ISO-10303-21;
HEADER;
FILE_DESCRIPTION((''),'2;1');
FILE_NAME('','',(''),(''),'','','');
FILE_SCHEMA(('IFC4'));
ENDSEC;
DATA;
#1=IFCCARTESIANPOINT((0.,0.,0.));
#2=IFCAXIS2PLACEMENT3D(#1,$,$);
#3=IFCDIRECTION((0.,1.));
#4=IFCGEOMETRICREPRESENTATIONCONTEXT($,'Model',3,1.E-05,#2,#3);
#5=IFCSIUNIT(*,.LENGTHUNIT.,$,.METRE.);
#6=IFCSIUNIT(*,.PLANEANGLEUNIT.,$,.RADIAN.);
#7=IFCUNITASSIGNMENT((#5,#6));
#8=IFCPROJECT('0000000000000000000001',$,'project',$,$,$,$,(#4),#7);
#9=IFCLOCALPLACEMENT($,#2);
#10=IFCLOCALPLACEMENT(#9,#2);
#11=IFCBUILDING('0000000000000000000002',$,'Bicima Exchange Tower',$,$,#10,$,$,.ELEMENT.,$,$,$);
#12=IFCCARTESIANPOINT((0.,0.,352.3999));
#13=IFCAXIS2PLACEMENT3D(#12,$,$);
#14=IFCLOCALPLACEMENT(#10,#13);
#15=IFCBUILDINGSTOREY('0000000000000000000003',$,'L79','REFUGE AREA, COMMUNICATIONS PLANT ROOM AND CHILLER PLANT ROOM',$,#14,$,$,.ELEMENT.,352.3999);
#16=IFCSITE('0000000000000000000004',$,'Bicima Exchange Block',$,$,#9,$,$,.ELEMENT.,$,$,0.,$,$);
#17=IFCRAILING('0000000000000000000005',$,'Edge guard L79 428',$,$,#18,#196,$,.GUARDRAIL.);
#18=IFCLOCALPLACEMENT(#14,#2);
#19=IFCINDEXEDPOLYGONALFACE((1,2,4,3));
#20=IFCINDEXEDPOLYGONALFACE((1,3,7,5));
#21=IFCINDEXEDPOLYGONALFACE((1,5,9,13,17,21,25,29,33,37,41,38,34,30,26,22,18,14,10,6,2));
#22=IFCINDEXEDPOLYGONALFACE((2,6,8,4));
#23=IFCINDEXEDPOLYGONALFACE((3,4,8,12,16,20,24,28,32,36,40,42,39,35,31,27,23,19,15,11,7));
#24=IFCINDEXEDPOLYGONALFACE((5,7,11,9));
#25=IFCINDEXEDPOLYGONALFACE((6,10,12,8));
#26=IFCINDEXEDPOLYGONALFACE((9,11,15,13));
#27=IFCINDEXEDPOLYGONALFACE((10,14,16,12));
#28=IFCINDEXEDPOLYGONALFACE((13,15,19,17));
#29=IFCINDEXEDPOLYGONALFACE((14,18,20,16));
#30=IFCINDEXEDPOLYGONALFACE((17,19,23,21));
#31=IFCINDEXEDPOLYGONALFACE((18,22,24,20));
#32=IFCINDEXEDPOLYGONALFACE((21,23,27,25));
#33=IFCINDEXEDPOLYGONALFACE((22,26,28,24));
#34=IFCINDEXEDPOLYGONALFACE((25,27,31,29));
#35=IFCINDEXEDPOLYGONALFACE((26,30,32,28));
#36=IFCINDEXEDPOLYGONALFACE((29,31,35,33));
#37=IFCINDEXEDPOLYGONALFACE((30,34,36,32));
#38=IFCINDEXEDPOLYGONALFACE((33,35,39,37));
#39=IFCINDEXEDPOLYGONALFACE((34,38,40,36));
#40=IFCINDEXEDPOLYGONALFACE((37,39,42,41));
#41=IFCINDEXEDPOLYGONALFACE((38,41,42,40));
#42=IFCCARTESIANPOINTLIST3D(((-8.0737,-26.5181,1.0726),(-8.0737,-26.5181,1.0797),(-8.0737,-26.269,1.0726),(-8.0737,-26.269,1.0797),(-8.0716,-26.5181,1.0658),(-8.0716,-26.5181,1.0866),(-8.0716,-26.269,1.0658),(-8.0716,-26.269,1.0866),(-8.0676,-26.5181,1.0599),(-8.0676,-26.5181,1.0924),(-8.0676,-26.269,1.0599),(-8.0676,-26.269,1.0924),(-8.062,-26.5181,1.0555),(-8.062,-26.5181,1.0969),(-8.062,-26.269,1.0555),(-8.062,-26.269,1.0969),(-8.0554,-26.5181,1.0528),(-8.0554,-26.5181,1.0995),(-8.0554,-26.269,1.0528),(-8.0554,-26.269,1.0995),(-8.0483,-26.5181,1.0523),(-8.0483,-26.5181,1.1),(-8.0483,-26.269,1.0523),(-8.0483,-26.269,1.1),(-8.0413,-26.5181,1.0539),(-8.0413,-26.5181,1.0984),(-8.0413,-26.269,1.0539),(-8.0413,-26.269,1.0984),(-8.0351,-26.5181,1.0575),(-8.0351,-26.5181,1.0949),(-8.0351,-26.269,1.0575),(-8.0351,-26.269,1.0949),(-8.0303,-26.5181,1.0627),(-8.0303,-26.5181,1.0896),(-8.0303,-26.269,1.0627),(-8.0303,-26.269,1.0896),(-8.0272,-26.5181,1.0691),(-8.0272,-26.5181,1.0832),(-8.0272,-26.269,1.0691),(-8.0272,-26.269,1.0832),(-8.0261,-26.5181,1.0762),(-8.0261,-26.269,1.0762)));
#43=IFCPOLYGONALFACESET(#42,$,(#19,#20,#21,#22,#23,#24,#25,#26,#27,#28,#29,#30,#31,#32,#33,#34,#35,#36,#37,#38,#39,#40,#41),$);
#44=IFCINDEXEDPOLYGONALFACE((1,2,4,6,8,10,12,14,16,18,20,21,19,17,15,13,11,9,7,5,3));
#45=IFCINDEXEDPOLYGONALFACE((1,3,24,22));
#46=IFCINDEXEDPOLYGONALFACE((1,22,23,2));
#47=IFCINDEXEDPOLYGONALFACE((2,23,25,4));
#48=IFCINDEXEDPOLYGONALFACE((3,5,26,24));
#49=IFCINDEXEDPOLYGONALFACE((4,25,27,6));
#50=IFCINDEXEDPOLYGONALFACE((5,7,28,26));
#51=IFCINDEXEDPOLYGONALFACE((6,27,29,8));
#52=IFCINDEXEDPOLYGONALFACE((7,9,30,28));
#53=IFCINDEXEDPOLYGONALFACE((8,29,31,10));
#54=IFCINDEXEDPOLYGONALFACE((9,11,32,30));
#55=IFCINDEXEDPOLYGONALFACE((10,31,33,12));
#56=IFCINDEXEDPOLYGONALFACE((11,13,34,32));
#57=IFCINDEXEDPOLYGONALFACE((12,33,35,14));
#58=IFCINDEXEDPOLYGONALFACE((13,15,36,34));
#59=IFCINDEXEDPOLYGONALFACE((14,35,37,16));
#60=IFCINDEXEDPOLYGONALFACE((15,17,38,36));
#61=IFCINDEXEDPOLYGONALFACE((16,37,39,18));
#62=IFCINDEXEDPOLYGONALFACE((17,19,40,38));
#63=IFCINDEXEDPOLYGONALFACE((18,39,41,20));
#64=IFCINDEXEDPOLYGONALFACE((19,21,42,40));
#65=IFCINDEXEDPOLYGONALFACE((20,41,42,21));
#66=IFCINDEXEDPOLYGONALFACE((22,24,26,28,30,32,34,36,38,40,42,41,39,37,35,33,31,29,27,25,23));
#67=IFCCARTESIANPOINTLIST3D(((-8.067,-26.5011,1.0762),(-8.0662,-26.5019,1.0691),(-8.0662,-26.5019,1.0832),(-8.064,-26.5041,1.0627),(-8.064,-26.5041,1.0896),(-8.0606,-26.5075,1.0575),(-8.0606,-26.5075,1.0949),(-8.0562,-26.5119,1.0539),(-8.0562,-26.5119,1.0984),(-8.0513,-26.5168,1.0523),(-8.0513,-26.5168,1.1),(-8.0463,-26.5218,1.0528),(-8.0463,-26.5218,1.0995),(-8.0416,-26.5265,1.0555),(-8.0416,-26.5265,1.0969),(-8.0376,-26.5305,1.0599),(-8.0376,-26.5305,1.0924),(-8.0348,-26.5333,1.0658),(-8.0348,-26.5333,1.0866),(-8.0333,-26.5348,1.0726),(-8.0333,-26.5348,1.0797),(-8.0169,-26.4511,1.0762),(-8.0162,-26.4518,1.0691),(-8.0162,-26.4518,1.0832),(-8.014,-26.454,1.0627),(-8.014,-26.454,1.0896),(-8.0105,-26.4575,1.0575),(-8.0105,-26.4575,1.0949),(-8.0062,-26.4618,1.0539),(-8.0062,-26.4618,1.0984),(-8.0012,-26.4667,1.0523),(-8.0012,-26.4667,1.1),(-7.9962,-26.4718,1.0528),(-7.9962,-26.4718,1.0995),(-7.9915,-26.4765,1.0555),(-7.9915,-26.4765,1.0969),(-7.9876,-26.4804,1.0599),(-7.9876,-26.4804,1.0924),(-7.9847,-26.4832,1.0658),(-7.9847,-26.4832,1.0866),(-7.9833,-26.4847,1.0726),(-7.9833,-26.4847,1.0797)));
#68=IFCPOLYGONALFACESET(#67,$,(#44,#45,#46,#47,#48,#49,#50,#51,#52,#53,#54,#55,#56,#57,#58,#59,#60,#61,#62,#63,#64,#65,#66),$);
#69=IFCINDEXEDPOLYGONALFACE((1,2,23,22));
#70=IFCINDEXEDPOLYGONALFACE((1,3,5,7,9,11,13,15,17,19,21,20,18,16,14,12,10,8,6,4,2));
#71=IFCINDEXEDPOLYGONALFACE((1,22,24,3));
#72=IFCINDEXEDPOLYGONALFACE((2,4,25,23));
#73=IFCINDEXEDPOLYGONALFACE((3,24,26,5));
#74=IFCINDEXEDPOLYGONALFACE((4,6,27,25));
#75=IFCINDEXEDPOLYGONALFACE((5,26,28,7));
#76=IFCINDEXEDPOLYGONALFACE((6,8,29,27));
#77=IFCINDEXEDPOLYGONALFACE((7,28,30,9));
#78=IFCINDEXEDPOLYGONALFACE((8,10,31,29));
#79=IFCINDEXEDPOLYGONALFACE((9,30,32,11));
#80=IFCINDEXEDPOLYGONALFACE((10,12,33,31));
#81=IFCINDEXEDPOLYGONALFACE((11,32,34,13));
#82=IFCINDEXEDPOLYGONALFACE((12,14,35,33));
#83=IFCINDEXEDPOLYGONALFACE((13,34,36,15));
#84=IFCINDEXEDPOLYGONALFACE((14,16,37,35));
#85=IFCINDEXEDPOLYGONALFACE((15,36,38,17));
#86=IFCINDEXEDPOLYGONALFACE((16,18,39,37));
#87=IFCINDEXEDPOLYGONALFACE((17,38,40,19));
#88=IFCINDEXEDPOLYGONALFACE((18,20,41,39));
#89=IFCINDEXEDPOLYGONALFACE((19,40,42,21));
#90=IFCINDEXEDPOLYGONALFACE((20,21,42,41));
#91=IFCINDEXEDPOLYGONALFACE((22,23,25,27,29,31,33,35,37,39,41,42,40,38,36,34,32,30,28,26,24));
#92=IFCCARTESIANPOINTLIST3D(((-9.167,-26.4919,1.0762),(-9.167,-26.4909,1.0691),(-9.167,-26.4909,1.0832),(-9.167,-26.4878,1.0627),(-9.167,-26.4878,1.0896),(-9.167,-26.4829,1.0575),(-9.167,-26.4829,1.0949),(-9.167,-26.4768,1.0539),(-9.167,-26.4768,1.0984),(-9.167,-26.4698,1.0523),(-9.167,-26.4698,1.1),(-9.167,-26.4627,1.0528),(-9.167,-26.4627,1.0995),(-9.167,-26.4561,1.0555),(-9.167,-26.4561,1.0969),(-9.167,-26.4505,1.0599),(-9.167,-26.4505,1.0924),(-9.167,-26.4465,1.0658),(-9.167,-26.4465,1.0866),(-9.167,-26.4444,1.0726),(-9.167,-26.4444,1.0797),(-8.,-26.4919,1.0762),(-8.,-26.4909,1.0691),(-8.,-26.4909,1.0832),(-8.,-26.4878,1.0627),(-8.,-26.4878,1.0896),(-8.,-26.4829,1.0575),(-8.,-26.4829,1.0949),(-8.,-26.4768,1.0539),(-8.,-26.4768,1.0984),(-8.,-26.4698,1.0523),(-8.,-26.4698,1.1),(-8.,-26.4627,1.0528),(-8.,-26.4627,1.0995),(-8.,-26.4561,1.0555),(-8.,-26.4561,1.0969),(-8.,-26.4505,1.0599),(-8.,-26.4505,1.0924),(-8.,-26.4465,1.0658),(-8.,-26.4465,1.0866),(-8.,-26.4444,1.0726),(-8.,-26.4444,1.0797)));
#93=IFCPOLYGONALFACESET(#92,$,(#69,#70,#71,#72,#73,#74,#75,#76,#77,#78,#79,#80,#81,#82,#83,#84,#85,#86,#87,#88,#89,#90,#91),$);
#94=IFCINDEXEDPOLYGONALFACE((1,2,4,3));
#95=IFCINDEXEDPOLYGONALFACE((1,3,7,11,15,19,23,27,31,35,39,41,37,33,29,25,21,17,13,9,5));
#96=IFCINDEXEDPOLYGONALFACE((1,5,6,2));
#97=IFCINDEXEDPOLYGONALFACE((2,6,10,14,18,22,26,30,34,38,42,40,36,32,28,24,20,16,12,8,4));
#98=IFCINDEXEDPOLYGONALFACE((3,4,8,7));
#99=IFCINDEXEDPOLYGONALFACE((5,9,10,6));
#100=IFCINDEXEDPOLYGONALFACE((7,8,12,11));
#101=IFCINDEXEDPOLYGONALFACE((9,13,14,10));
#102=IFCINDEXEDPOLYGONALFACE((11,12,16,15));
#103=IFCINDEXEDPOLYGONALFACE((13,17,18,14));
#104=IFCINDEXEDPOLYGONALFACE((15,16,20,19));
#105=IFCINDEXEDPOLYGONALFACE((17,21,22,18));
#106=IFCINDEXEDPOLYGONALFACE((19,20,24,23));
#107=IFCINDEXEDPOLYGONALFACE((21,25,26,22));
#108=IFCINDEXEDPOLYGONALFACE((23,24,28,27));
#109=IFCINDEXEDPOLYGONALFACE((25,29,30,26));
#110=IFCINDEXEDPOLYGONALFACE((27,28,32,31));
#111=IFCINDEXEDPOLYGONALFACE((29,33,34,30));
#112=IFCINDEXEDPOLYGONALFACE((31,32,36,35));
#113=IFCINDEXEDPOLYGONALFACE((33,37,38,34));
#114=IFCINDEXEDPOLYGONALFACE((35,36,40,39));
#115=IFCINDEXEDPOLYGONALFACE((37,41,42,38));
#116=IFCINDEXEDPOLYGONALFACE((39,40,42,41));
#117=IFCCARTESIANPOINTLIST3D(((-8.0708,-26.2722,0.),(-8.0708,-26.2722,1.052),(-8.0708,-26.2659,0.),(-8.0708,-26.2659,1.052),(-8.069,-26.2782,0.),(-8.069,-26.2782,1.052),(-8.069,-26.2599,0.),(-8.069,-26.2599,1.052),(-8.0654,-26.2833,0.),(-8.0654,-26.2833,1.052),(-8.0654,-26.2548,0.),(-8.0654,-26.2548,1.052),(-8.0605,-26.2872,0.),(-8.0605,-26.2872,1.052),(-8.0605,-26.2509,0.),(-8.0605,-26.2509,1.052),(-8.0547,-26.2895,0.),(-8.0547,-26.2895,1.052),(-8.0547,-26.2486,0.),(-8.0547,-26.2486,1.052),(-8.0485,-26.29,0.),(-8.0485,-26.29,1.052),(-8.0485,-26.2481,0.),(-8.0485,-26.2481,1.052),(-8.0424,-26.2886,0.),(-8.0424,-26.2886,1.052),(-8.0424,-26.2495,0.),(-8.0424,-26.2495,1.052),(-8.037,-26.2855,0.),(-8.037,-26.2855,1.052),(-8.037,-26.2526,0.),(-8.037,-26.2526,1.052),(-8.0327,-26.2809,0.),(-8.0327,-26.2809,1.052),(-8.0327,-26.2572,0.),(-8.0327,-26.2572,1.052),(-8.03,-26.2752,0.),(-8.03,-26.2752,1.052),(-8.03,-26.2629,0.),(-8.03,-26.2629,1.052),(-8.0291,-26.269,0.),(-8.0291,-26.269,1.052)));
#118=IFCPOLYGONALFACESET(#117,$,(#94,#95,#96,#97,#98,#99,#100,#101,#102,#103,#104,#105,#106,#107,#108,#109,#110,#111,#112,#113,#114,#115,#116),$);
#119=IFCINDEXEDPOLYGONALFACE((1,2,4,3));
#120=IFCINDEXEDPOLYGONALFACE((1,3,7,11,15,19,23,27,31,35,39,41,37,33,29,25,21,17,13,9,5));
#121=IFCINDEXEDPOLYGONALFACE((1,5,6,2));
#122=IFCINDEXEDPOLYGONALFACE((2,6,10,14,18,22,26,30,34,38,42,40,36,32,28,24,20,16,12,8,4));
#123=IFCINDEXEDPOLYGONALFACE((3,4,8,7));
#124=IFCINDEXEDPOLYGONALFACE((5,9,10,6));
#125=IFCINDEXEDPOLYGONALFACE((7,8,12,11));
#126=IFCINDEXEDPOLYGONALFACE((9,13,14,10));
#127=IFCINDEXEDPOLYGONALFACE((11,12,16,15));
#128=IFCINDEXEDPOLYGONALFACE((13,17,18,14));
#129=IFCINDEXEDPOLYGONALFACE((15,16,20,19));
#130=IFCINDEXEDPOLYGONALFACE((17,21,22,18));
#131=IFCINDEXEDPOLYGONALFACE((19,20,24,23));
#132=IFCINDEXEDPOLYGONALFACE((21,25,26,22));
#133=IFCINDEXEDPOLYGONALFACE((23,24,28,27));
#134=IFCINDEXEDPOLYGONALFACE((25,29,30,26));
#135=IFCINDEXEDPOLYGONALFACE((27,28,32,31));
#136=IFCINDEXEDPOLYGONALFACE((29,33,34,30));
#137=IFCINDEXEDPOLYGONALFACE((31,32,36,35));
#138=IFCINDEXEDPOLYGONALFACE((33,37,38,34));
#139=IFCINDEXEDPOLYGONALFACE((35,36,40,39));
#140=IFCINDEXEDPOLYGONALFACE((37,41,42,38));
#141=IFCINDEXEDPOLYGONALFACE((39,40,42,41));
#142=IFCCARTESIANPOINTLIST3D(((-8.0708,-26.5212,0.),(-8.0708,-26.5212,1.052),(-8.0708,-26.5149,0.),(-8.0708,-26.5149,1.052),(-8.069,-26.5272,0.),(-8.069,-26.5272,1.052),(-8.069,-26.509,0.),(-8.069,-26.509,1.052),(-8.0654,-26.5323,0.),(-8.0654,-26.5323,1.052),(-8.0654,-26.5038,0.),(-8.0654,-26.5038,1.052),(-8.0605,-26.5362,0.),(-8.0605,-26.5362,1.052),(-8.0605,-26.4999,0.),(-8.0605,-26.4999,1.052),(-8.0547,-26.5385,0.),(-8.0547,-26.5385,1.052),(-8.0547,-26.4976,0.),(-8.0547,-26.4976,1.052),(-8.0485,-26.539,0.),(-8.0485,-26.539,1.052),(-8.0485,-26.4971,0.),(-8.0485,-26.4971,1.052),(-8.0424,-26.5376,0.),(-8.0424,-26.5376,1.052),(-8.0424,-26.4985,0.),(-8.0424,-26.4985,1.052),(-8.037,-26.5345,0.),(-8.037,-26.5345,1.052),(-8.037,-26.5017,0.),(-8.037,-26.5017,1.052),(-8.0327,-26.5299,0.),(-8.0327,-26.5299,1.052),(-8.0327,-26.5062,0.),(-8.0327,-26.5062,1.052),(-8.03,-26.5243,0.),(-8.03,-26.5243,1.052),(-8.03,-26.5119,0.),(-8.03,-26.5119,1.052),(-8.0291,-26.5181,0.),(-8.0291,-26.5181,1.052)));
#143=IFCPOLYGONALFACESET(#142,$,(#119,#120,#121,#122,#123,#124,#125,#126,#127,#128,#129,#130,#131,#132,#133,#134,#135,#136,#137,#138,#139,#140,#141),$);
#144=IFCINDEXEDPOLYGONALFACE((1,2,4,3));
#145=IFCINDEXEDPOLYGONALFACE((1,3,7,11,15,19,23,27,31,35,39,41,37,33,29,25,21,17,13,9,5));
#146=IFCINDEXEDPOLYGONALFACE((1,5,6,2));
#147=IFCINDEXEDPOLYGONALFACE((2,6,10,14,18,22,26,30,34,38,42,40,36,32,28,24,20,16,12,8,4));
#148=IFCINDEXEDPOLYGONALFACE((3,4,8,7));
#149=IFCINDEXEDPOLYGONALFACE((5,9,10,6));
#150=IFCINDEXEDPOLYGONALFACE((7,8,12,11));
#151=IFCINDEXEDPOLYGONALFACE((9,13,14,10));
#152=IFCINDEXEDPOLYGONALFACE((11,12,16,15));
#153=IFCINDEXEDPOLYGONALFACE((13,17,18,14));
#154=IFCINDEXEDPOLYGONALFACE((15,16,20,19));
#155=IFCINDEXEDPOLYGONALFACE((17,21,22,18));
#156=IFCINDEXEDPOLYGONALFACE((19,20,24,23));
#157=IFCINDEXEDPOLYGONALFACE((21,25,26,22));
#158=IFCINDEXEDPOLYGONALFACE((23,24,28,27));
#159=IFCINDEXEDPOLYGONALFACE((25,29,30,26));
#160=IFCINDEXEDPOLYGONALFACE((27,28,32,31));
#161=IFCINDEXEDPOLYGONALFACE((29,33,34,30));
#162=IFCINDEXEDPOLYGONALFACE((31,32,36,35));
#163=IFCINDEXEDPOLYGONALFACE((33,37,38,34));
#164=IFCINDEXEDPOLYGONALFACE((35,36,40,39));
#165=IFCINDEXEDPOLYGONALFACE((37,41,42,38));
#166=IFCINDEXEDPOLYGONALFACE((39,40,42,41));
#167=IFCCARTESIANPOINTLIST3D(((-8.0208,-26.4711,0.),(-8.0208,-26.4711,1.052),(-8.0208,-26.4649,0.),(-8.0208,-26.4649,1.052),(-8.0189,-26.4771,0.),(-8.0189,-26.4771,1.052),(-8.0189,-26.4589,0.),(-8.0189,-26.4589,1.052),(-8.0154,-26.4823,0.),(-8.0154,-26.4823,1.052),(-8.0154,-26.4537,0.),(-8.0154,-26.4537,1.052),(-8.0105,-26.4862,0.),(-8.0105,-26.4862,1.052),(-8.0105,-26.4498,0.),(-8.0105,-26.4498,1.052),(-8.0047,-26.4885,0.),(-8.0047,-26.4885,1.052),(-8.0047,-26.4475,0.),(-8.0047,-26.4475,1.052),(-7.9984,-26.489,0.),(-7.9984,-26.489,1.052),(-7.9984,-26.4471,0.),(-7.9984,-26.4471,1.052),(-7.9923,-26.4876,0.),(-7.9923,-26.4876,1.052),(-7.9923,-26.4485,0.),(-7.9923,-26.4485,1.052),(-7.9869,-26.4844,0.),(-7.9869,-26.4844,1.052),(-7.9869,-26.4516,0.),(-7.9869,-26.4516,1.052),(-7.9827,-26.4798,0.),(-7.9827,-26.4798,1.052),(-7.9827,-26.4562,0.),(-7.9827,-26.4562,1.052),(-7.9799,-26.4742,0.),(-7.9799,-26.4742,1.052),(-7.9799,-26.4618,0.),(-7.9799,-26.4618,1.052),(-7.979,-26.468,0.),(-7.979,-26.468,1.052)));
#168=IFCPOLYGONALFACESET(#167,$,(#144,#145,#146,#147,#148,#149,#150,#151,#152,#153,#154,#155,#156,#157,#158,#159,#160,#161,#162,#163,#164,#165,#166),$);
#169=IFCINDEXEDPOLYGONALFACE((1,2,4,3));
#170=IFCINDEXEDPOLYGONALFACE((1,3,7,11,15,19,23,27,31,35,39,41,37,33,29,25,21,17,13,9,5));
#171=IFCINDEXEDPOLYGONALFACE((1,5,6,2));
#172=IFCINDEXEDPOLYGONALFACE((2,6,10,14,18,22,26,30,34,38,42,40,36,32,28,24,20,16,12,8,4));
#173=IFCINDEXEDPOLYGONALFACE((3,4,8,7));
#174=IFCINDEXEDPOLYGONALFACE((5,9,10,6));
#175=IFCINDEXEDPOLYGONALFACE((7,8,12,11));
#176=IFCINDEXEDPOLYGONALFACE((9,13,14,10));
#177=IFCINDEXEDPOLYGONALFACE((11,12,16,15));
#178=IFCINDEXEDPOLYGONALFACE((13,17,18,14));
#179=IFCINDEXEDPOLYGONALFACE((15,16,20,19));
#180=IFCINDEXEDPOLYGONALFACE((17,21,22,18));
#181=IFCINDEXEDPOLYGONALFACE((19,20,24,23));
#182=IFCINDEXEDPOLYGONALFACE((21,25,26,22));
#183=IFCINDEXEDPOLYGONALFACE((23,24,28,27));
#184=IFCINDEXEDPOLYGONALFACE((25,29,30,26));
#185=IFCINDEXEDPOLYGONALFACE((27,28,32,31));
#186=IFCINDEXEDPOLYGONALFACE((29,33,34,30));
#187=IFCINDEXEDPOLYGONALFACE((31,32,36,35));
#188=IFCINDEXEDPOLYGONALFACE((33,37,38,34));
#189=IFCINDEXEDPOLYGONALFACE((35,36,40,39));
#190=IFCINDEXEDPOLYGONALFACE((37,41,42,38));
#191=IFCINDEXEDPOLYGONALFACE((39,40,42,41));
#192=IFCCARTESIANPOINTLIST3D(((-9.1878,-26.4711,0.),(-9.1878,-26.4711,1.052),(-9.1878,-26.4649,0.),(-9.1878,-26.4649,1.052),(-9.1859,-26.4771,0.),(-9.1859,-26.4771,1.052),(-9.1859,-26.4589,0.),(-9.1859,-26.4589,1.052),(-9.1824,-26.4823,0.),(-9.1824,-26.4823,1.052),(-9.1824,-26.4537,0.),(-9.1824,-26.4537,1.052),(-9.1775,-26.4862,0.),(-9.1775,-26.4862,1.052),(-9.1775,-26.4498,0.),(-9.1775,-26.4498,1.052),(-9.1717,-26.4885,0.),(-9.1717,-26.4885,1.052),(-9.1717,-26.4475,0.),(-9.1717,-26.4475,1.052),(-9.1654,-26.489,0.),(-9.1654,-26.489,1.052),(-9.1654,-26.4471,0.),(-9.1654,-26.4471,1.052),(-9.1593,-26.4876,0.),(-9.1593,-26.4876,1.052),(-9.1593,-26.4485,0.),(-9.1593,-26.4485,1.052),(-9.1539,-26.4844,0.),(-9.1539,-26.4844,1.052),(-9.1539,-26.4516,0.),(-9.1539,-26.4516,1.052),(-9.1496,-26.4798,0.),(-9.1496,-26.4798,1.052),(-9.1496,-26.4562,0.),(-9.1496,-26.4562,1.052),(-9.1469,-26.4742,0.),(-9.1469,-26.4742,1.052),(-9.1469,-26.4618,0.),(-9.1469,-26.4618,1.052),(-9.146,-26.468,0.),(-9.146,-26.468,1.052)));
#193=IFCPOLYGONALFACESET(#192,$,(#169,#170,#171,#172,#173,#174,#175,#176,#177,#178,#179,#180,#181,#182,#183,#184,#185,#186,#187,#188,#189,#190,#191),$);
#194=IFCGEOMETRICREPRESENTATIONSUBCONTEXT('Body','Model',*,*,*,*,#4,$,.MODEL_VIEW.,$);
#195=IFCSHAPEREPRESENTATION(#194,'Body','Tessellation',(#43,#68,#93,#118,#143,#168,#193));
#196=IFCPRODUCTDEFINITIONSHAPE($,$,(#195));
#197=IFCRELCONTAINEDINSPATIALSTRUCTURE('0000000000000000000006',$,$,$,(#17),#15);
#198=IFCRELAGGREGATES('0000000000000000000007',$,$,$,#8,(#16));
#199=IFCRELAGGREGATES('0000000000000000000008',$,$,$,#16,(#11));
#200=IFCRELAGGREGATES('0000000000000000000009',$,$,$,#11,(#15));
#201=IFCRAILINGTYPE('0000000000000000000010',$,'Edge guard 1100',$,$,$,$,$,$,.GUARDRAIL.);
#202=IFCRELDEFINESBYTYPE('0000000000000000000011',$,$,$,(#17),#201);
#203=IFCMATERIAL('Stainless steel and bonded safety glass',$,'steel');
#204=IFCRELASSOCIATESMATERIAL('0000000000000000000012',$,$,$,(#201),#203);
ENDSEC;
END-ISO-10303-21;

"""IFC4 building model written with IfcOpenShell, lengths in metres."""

from ifc_helpers import new_model, si_unit, direction, frame, origin, origin_2d, place, context, subcontext, project, spatial, circle, extrude, material, type_object, element, save


model = new_model("IFC4")

# Units and contexts
model_context = context("Model", 3, precision=1e-05, world=origin(), true_north=direction((0.0, 1.0)))
body_context = subcontext(model_context, "Body", "Model", "MODEL_VIEW")
ifc_project = project(units=[si_unit("LENGTHUNIT", "METRE"), si_unit("PLANEANGLEUNIT", "RADIAN")], contexts=[model_context])

# Site, building, storey
site_placement = place(None, origin())
site = spatial("IfcSite", under=ifc_project, at=site_placement, Name="Bicima Exchange Block", CompositionType="ELEMENT", RefElevation=0.0)
building_placement = place(site_placement, origin())
building = spatial("IfcBuilding", under=site, at=building_placement, Name="Bicima Exchange Tower", CompositionType="ELEMENT")
storey_placement = place(building_placement, frame((0.0, 0.0, 352.3999)))
storey = spatial("IfcBuildingStorey", under=building, at=storey_placement, Name="L79", Description="REFUGE AREA, COMMUNICATIONS PLANT ROOM AND CHILLER PLANT ROOM", CompositionType="ELEMENT", Elevation=352.3999)

# Railing
ifc_material_1 = material(Name="Stainless steel and bonded safety glass", Category="steel")
railing_type = type_object("IfcRailingType", Name="Edge guard 1100", PredefinedType="GUARDRAIL", material=ifc_material_1)
railing_1_placement = place(storey_placement, frame((-8.05, -26.269, 0.0)))
element("IfcRailing", 1, at=railing_1_placement, inside=storey, type_object=railing_type, Name="Edge guard L79 428", PredefinedType="GUARDRAIL", context=body_context, shape_type="SweptSolid", body=[
    extrude(circle(Radius=0.0239, at=origin_2d()), frame((0.0, 0.0, 1.0762), z_axis=(0.0, -1.0, 0.0), x_axis=(1.0, 0.0, 0.0)), (0.0, 0.0, 1.0), 0.249),
    extrude(circle(Radius=0.0239, at=origin_2d()), frame((0.0, -0.249, 1.0762), z_axis=(0.707107, 0.707107, 0.0), x_axis=(-0.707107, 0.707107, 0.0)), (0.0, 0.0, 1.0), 0.0708),
    extrude(circle(Radius=0.0239, at=origin_2d()), frame((0.05, -0.199, 1.0762), z_axis=(-1.0, 0.0, 0.0), x_axis=(0.0, -1.0, 0.0)), (0.0, 0.0, 1.0), 1.167),
    extrude(circle(Radius=0.021, at=origin_2d()), origin(), (0.0, 0.0, 1.0), 1.052),
    extrude(circle(Radius=0.021, at=origin_2d()), frame((0.0, -0.249, 0.0)), (0.0, 0.0, 1.0), 1.052),
    extrude(circle(Radius=0.021, at=origin_2d()), frame((0.05, -0.199, 0.0)), (0.0, 0.0, 1.0), 1.052),
    extrude(circle(Radius=0.021, at=origin_2d()), frame((-1.1169, -0.199, 0.0)), (0.0, 0.0, 1.0), 1.052),
])

save(model, "model.ifc")
